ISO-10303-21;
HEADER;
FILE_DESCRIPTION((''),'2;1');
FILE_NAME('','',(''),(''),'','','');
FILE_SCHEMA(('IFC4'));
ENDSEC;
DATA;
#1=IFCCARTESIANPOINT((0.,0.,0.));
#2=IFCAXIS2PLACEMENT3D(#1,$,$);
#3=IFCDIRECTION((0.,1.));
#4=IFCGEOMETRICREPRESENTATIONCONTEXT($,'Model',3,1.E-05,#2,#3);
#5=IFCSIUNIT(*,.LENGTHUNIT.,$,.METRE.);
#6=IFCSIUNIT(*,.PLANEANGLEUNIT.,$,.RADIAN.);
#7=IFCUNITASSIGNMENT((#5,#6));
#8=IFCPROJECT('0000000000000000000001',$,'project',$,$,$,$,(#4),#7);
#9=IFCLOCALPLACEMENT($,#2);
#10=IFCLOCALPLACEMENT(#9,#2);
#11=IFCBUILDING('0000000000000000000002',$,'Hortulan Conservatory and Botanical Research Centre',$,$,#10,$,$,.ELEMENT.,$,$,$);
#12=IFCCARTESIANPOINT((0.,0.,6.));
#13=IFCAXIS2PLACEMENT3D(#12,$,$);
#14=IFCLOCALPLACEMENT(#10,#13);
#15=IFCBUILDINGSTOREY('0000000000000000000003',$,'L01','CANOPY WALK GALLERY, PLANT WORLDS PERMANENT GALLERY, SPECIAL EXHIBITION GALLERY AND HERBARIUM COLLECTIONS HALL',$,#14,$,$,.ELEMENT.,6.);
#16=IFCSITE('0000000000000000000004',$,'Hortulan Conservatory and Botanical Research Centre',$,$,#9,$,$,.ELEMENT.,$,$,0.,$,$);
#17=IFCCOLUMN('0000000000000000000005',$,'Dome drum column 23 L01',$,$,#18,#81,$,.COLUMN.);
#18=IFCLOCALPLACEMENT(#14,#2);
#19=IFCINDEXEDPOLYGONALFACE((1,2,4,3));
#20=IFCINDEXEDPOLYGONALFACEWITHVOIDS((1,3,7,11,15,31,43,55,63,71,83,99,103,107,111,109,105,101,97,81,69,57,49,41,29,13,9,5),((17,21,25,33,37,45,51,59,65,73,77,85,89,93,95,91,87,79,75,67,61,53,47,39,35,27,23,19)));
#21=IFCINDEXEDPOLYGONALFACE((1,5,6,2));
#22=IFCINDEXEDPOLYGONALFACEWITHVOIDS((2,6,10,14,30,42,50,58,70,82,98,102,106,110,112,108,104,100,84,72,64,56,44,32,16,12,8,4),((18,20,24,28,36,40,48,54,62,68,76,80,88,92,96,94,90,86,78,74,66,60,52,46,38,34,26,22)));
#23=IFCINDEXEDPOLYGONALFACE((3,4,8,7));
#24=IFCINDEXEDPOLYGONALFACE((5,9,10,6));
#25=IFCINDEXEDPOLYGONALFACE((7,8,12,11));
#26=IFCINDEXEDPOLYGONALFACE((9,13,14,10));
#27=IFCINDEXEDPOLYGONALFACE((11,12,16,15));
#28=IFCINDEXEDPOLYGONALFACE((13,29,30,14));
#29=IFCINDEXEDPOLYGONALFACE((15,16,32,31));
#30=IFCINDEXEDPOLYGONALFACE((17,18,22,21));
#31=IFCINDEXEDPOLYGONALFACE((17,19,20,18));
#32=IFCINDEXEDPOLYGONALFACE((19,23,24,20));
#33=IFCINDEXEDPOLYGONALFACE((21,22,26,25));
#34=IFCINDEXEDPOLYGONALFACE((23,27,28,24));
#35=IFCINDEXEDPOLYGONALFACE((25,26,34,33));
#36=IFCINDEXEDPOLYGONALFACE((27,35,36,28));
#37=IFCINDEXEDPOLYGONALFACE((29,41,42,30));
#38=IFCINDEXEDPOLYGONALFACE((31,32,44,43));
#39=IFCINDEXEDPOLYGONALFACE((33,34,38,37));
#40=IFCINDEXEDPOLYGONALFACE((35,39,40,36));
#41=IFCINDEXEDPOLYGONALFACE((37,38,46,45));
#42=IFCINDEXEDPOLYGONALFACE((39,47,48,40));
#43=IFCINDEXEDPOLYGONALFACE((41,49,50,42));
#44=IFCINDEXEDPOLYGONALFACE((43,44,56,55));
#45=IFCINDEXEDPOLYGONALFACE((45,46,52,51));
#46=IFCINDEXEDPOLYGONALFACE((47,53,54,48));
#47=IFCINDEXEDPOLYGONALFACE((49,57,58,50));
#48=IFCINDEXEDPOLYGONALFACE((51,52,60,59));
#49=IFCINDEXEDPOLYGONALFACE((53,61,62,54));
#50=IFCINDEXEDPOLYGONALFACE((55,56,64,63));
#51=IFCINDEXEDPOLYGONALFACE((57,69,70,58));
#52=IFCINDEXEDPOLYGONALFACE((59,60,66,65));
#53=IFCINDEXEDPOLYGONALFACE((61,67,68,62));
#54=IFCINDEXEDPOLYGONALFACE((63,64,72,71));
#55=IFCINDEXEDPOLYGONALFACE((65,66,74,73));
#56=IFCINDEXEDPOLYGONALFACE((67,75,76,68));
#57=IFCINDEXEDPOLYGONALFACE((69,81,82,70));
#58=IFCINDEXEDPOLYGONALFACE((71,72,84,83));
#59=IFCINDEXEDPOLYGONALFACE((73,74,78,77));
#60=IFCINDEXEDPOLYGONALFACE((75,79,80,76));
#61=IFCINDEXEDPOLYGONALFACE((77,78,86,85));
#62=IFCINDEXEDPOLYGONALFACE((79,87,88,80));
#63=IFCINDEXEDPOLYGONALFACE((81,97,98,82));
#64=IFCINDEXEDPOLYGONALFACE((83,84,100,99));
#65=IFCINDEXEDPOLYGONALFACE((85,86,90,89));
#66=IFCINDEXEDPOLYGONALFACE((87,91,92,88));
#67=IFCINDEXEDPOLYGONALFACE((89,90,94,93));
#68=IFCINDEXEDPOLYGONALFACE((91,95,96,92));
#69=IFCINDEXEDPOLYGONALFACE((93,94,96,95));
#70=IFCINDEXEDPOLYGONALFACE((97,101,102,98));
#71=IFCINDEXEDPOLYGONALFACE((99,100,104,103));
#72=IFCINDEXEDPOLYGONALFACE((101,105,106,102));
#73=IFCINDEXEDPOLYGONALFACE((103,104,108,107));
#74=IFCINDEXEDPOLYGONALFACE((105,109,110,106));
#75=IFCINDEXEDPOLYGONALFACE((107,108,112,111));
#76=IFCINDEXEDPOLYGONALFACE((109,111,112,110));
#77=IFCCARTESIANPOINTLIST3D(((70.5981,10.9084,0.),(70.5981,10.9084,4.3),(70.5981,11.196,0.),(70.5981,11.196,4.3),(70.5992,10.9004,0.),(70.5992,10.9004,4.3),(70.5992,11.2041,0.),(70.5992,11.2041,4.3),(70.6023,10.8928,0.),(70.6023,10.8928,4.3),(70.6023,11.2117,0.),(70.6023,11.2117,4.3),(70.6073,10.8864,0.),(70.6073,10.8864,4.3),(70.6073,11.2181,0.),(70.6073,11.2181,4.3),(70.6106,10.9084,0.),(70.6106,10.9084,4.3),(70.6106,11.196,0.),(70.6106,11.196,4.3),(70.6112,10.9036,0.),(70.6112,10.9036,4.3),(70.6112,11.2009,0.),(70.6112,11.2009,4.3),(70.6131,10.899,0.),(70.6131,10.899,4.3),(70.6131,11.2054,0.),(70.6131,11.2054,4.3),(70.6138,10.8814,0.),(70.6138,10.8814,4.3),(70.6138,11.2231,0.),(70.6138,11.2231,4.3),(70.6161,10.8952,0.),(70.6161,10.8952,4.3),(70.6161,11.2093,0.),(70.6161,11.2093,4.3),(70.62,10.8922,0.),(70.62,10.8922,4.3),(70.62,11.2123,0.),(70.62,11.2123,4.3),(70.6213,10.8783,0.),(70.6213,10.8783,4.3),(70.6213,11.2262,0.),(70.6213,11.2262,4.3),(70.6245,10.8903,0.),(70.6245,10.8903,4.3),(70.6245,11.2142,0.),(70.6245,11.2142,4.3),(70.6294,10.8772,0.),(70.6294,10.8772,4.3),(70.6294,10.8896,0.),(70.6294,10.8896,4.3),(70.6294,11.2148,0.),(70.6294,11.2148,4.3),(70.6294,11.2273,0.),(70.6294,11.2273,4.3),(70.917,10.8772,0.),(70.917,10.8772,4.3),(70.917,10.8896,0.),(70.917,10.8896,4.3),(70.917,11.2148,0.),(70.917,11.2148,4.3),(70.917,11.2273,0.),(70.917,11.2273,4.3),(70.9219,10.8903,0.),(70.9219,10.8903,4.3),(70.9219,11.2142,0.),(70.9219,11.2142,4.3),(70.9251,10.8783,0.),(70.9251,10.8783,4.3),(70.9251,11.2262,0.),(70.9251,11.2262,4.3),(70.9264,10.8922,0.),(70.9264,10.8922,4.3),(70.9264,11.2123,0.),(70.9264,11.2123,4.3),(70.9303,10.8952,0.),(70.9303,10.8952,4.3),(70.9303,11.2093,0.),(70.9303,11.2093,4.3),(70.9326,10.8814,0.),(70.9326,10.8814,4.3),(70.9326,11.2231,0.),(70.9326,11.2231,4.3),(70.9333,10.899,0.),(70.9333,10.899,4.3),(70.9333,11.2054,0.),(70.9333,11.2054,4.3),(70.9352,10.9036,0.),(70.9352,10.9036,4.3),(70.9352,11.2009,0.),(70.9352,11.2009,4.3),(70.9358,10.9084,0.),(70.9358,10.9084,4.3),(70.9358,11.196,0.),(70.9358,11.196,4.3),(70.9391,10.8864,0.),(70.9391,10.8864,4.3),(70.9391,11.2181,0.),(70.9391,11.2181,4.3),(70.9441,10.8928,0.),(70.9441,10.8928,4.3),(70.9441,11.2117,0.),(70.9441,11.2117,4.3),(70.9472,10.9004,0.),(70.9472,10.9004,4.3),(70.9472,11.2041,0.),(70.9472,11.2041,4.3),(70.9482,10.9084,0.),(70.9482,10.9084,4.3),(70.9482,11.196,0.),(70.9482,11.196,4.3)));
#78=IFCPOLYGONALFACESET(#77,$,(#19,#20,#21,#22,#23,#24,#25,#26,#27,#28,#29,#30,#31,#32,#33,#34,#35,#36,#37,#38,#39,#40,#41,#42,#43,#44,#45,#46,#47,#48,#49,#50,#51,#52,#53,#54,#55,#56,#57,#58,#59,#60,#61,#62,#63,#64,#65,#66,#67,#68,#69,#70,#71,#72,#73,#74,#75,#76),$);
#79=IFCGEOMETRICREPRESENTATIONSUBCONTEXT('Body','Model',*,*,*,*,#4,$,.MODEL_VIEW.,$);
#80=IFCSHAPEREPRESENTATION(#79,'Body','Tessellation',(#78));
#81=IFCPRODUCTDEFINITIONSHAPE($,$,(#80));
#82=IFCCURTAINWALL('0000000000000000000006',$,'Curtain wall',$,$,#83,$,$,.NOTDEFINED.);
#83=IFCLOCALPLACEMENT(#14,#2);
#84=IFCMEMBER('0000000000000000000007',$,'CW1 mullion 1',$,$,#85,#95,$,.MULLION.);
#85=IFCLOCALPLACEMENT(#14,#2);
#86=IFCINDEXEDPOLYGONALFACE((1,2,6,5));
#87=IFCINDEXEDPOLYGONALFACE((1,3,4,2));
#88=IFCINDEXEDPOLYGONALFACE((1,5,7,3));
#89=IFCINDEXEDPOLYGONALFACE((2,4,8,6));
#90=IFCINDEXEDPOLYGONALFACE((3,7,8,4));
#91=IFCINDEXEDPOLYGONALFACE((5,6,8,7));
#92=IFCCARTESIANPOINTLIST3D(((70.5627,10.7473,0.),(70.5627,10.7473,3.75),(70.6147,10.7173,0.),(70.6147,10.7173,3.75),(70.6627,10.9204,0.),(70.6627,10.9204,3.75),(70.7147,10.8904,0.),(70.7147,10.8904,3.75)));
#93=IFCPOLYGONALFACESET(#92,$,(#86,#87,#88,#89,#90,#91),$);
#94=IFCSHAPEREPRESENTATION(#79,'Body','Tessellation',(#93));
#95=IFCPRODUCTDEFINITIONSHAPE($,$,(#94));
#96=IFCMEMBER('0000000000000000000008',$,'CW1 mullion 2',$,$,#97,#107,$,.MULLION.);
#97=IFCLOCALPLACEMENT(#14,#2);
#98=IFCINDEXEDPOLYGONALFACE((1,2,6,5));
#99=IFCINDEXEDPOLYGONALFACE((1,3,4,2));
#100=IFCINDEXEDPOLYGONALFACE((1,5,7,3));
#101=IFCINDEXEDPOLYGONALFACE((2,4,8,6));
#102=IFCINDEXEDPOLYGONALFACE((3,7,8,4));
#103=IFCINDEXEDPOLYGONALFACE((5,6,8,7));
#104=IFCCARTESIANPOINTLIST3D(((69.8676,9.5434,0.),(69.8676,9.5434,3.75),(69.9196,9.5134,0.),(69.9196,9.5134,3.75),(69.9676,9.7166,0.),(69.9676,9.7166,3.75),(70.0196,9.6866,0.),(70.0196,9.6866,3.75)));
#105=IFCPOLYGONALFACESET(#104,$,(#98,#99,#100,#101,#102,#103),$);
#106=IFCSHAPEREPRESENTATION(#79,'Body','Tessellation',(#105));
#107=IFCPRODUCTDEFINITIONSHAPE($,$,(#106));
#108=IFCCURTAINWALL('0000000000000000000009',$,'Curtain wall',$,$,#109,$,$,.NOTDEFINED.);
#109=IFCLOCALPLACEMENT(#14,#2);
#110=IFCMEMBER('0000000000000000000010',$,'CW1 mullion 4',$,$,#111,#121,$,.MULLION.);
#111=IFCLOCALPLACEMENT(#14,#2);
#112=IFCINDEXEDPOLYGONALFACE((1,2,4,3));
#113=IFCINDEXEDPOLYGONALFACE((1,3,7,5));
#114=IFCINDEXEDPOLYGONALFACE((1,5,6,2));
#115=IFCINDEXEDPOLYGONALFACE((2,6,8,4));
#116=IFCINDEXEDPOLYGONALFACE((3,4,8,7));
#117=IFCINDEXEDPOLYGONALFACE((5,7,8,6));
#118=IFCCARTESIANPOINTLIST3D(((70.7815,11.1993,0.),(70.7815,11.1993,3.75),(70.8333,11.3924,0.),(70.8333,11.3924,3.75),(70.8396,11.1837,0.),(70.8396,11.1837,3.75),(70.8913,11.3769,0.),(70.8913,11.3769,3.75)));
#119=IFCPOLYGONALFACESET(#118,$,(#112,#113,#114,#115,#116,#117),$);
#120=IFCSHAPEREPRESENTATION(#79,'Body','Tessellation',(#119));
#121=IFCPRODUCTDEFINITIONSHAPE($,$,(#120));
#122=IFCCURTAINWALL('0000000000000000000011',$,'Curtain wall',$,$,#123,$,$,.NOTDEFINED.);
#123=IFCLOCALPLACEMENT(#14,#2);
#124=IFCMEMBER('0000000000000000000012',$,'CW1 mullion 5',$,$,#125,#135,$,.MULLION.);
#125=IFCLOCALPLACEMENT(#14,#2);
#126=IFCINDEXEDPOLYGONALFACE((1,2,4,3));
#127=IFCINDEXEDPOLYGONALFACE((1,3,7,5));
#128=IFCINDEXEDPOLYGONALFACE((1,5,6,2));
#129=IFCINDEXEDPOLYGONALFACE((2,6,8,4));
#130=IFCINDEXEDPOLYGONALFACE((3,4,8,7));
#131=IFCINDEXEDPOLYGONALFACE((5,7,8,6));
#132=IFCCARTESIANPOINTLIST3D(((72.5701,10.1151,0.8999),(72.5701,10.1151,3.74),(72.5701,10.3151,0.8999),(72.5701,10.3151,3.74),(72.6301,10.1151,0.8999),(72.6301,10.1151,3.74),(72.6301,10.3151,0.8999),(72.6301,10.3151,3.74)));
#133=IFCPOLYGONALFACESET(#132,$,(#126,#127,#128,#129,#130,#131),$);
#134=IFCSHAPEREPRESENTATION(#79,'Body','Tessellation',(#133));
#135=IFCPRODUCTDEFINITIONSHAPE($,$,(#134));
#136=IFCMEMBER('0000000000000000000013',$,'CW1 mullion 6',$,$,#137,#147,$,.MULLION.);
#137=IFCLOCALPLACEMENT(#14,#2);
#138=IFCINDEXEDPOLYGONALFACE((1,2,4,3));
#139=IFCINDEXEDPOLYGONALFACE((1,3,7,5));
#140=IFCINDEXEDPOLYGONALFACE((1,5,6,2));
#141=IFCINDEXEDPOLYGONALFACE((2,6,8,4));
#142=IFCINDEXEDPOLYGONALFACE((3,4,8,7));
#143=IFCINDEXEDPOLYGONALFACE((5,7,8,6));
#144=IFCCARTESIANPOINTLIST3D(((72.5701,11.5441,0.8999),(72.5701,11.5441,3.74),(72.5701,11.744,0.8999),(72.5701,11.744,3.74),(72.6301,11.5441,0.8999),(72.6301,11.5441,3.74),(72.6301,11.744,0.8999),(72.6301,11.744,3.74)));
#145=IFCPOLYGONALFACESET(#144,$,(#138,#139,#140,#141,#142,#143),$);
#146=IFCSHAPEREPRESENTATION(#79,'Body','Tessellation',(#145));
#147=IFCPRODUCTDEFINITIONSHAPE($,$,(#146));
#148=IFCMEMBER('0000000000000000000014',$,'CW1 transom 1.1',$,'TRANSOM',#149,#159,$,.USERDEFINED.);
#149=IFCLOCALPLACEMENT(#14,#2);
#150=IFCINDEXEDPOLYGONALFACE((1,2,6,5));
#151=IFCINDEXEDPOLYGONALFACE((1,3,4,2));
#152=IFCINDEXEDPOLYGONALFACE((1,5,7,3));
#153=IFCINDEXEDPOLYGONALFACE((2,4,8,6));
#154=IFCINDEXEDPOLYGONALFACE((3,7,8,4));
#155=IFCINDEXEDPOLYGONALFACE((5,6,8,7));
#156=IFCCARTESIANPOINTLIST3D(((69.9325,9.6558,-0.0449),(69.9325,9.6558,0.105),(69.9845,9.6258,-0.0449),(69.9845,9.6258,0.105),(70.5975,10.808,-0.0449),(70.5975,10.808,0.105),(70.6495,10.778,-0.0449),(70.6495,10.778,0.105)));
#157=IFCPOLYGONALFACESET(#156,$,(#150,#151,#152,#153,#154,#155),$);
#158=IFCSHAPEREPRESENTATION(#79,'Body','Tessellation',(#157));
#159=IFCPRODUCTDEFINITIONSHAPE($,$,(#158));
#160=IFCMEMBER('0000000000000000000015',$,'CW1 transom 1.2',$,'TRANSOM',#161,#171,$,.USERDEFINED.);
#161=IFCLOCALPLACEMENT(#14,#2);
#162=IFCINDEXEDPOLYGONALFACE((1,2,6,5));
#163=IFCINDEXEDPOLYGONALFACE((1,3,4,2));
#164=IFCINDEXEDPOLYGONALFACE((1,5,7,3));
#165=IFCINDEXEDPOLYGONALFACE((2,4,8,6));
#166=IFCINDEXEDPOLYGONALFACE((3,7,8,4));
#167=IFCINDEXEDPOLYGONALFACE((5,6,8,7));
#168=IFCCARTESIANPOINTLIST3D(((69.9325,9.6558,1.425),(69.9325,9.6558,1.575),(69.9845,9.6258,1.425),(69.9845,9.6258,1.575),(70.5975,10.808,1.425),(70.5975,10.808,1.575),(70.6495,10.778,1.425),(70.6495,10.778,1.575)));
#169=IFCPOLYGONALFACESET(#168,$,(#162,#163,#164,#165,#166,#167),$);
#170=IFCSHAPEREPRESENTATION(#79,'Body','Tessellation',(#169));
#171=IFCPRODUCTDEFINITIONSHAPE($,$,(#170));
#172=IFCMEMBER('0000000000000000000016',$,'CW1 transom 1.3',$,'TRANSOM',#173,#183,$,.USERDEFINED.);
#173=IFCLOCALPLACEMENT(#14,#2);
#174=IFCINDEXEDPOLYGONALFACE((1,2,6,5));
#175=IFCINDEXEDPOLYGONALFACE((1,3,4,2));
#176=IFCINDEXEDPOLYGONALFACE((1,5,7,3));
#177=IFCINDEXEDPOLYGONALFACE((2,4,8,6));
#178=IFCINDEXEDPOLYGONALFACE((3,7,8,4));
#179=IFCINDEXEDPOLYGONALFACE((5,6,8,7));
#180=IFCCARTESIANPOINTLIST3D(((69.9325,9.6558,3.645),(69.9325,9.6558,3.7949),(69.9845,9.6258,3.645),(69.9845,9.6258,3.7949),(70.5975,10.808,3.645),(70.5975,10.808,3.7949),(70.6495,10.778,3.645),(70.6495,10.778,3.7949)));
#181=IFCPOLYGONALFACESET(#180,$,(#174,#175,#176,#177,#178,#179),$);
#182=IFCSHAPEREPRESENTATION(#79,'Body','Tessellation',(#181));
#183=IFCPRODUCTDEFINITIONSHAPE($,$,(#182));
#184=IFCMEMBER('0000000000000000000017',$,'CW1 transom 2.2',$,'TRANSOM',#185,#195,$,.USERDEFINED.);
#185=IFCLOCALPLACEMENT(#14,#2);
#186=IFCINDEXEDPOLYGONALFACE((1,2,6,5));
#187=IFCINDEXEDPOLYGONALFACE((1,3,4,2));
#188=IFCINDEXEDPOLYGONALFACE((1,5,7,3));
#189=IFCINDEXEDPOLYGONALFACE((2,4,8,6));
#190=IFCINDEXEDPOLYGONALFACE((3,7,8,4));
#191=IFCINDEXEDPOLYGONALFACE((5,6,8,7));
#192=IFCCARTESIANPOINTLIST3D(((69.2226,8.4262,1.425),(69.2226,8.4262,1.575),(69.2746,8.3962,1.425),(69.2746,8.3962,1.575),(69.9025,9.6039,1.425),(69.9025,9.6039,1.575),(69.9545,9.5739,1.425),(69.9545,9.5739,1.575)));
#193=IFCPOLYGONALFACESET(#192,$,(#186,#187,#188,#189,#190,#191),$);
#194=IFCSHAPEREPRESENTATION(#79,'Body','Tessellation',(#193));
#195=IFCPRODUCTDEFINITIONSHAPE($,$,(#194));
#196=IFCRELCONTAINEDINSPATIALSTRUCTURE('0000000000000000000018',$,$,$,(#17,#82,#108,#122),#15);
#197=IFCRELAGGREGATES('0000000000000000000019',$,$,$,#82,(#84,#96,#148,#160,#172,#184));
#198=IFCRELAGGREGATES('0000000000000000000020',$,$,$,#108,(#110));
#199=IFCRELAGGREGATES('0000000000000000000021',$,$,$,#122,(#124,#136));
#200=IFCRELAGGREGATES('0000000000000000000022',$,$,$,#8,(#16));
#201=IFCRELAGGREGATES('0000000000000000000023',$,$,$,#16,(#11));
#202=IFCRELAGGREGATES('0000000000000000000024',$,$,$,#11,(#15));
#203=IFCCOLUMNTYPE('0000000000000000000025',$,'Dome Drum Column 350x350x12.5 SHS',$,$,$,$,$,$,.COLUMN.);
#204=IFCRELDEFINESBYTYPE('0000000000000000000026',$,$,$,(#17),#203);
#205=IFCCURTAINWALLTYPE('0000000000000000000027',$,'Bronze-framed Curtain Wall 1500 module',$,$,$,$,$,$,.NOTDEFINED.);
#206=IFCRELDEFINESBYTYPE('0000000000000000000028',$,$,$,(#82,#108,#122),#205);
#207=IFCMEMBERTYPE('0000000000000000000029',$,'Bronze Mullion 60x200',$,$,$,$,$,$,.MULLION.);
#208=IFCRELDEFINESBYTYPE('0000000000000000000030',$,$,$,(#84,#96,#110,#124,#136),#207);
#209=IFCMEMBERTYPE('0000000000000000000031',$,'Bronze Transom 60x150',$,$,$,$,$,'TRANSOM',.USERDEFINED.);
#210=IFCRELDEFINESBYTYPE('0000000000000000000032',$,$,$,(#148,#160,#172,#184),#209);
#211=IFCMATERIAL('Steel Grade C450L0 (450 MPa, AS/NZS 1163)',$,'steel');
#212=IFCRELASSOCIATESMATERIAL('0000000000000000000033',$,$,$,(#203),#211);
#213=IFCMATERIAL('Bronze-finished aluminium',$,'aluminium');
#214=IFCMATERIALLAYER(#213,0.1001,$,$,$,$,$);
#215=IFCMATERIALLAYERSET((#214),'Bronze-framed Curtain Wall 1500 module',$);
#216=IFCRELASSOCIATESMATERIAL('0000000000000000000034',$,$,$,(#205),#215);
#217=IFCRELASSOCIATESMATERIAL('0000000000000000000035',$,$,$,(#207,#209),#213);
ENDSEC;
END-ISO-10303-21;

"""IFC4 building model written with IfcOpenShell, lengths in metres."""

from ifc_helpers import new_model, si_unit, direction, frame, origin, origin_2d, place, context, subcontext, project, spatial, rectangle, hollow_rectangle, extrude, material, layer, layer_set, material_profile, profile_set, type_object, element, aggregate, save


model = new_model("IFC4")

# Units and contexts
model_context = context("Model", 3, precision=1e-05, world=origin(), true_north=direction((0.0, 1.0)))
body_context = subcontext(model_context, "Body", "Model", "MODEL_VIEW")
ifc_project = project(units=[si_unit("LENGTHUNIT", "METRE"), si_unit("PLANEANGLEUNIT", "RADIAN")], contexts=[model_context])

# Site, building, storey
site_placement = place(None, origin())
site = spatial("IfcSite", under=ifc_project, at=site_placement, Name="Hortulan Conservatory and Botanical Research Centre", CompositionType="ELEMENT", RefElevation=0.0)
building_placement = place(site_placement, origin())
building = spatial("IfcBuilding", under=site, at=building_placement, Name="Hortulan Conservatory and Botanical Research Centre", CompositionType="ELEMENT")
storey_placement = place(building_placement, frame((0.0, 0.0, 6.0)))
storey = spatial("IfcBuildingStorey", under=building, at=storey_placement, Name="L01", Description="CANOPY WALK GALLERY, PLANT WORLDS PERMANENT GALLERY, SPECIAL EXHIBITION GALLERY AND HERBARIUM COLLECTIONS HALL", CompositionType="ELEMENT", Elevation=6.0)

# Column
ifc_material_1 = material(Name="Steel Grade C450L0 (450 MPa, AS/NZS 1163)", Category="steel")
ifc_material_profile_1 = material_profile(ifc_material_1, hollow_rectangle(XDim=0.3501, YDim=0.3501, WallThickness=0.0125, InnerFilletRadius=0.0188, OuterFilletRadius=0.0312, at=origin_2d()), Name="350x350x12.5SHS")
ifc_profile_set_1 = profile_set([ifc_material_profile_1], Name="Steel Grade C450L0 (450 MPa, AS/NZS 1163)")
column_type = type_object("IfcColumnType", Name="Dome Drum Column 350x350x12.5 SHS", PredefinedType="COLUMN", material=ifc_profile_set_1)
column_placement = place(storey_placement, frame((70.7732, 11.0522, 0.0), z_axis=(0.0, 0.0, 1.0), x_axis=(1.0, 0.0, 0.0)))
element("IfcColumn", 1, at=column_placement, inside=storey, type_object=column_type, Name="Dome drum column 23 L01", PredefinedType="COLUMN", context=body_context, shape_type="SweptSolid", body=[
    extrude(hollow_rectangle(XDim=0.3501, YDim=0.3501, WallThickness=0.0125, InnerFilletRadius=0.0188, OuterFilletRadius=0.0312, at=origin_2d()), origin(), (0.0, 0.0, 1.0), 4.3),
])

# Curtain wall, members
ifc_material_2 = material(Name="Bronze-finished aluminium", Category="aluminium")
ifc_layer_1 = layer(ifc_material_2, 0.1001)
ifc_layer_set_1 = layer_set([ifc_layer_1], Name="Bronze-framed Curtain Wall 1500 module")
curtain_wall_type = type_object("IfcCurtainWallType", Name="Bronze-framed Curtain Wall 1500 module", PredefinedType="NOTDEFINED", material=ifc_layer_set_1)
curtain_wall_1_placement = place(storey_placement, origin())
curtain_wall_1 = element("IfcCurtainWall", 2, at=curtain_wall_1_placement, inside=storey, type_object=curtain_wall_type, Name="Curtain wall", PredefinedType="NOTDEFINED")
ifc_material_profile_2 = material_profile(ifc_material_2, rectangle(XDim=0.0601, YDim=0.2, at=origin_2d()), Name="Bronze Mullion 60x200")
ifc_profile_set_2 = profile_set([ifc_material_profile_2], Name="Bronze-finished aluminium")
member_type_1 = type_object("IfcMemberType", Name="Bronze Mullion 60x200", PredefinedType="MULLION", material=ifc_profile_set_2)
member_1_placement = place(storey_placement, frame((70.6387, 10.8188, 0.0), z_axis=(0.0, 0.0, 1.0), x_axis=(0.866036, -0.499981, 0.0)))
member_1 = element("IfcMember", 3, at=member_1_placement, type_object=member_type_1, Name="CW1 mullion 1", PredefinedType="MULLION", context=body_context, shape_type="SweptSolid", body=[
    extrude(rectangle(XDim=0.0601, YDim=0.2, at=origin_2d()), origin(), (0.0, 0.0, 1.0), 3.75),
])
member_2_placement = place(storey_placement, frame((69.9436, 9.615, 0.0), z_axis=(0.0, 0.0, 1.0), x_axis=(0.866036, -0.499981, 0.0)))
member_2 = element("IfcMember", 4, at=member_2_placement, type_object=member_type_1, Name="CW1 mullion 2", PredefinedType="MULLION", context=body_context, shape_type="SweptSolid", body=[
    extrude(rectangle(XDim=0.0601, YDim=0.2, at=origin_2d()), origin(), (0.0, 0.0, 1.0), 3.75),
])

# Curtain wall, member
curtain_wall_2_placement = place(storey_placement, origin())
curtain_wall_2 = element("IfcCurtainWall", 5, at=curtain_wall_2_placement, inside=storey, type_object=curtain_wall_type, Name="Curtain wall", PredefinedType="NOTDEFINED")
member_3_placement = place(storey_placement, frame((70.8364, 11.2881, 0.0), z_axis=(0.0, 0.0, 1.0), x_axis=(0.965922, -0.258832, 0.0)))
member_3 = element("IfcMember", 6, at=member_3_placement, type_object=member_type_1, Name="CW1 mullion 4", PredefinedType="MULLION", context=body_context, shape_type="SweptSolid", body=[
    extrude(rectangle(XDim=0.0601, YDim=0.2, at=origin_2d()), origin(), (0.0, 0.0, 1.0), 3.75),
])

# Curtain wall, members
curtain_wall_3_placement = place(storey_placement, origin())
curtain_wall_3 = element("IfcCurtainWall", 7, at=curtain_wall_3_placement, inside=storey, type_object=curtain_wall_type, Name="Curtain wall", PredefinedType="NOTDEFINED")
member_4_placement = place(storey_placement, frame((72.6001, 10.2151, 0.8999), z_axis=(0.0, 0.0, 1.0), x_axis=(-1.0, 0.0, 0.0)))
member_4 = element("IfcMember", 8, at=member_4_placement, type_object=member_type_1, Name="CW1 mullion 5", PredefinedType="MULLION", context=body_context, shape_type="SweptSolid", body=[
    extrude(rectangle(XDim=0.0601, YDim=0.2, at=origin_2d()), origin(), (0.0, 0.0, 1.0), 2.8401),
])
member_5_placement = place(storey_placement, frame((72.6001, 11.644, 0.8999), z_axis=(0.0, 0.0, 1.0), x_axis=(-1.0, 0.0, 0.0)))
member_5 = element("IfcMember", 9, at=member_5_placement, type_object=member_type_1, Name="CW1 mullion 6", PredefinedType="MULLION", context=body_context, shape_type="SweptSolid", body=[
    extrude(rectangle(XDim=0.0601, YDim=0.2, at=origin_2d()), origin(), (0.0, 0.0, 1.0), 2.8401),
])

# Members
ifc_material_profile_3 = material_profile(ifc_material_2, rectangle(XDim=0.0601, YDim=0.1499, at=origin_2d()), Name="Bronze Transom 60x150")
ifc_profile_set_3 = profile_set([ifc_material_profile_3], Name="Bronze-finished aluminium")
member_type_2 = type_object("IfcMemberType", Name="Bronze Transom 60x150", ElementType="TRANSOM", PredefinedType="USERDEFINED", material=ifc_profile_set_3)
member_6_placement = place(storey_placement, frame((70.6235, 10.793, 0.03), z_axis=(-0.499929, -0.866066, 0.0), x_axis=(0.866066, -0.499929, 0.0)))
member_6 = element("IfcMember", 10, at=member_6_placement, type_object=member_type_2, Name="CW1 transom 1.1", ObjectType="TRANSOM", PredefinedType="USERDEFINED", context=body_context, shape_type="SweptSolid", body=[
    extrude(rectangle(XDim=0.0601, YDim=0.1499, at=origin_2d()), origin(), (0.0, 0.0, 1.0), 1.3303),
])
member_7_placement = place(storey_placement, frame((70.6235, 10.793, 1.5), z_axis=(-0.499929, -0.866066, 0.0), x_axis=(0.866066, -0.499929, 0.0)))
member_7 = element("IfcMember", 11, at=member_7_placement, type_object=member_type_2, Name="CW1 transom 1.2", ObjectType="TRANSOM", PredefinedType="USERDEFINED", context=body_context, shape_type="SweptSolid", body=[
    extrude(rectangle(XDim=0.0601, YDim=0.1499, at=origin_2d()), origin(), (0.0, 0.0, 1.0), 1.3303),
])
member_8_placement = place(storey_placement, frame((70.6235, 10.793, 3.72), z_axis=(-0.499929, -0.866066, 0.0), x_axis=(0.866066, -0.499929, 0.0)))
member_8 = element("IfcMember", 12, at=member_8_placement, type_object=member_type_2, Name="CW1 transom 1.3", ObjectType="TRANSOM", PredefinedType="USERDEFINED", context=body_context, shape_type="SweptSolid", body=[
    extrude(rectangle(XDim=0.0601, YDim=0.1499, at=origin_2d()), origin(), (0.0, 0.0, 1.0), 1.3303),
])
member_9_placement = place(storey_placement, frame((69.9285, 9.5889, 1.5), z_axis=(-0.499981, -0.866036, 0.0), x_axis=(0.866036, -0.499981, 0.0)))
member_9 = element("IfcMember", 13, at=member_9_placement, type_object=member_type_2, Name="CW1 transom 2.2", ObjectType="TRANSOM", PredefinedType="USERDEFINED", context=body_context, shape_type="SweptSolid", body=[
    extrude(rectangle(XDim=0.0601, YDim=0.1499, at=origin_2d()), origin(), (0.0, 0.0, 1.0), 1.3599),
])

aggregate(curtain_wall_1, [member_1, member_2, member_6, member_7, member_8, member_9])
aggregate(curtain_wall_2, [member_3])
aggregate(curtain_wall_3, [member_4, member_5])

save(model, "model.ifc")
